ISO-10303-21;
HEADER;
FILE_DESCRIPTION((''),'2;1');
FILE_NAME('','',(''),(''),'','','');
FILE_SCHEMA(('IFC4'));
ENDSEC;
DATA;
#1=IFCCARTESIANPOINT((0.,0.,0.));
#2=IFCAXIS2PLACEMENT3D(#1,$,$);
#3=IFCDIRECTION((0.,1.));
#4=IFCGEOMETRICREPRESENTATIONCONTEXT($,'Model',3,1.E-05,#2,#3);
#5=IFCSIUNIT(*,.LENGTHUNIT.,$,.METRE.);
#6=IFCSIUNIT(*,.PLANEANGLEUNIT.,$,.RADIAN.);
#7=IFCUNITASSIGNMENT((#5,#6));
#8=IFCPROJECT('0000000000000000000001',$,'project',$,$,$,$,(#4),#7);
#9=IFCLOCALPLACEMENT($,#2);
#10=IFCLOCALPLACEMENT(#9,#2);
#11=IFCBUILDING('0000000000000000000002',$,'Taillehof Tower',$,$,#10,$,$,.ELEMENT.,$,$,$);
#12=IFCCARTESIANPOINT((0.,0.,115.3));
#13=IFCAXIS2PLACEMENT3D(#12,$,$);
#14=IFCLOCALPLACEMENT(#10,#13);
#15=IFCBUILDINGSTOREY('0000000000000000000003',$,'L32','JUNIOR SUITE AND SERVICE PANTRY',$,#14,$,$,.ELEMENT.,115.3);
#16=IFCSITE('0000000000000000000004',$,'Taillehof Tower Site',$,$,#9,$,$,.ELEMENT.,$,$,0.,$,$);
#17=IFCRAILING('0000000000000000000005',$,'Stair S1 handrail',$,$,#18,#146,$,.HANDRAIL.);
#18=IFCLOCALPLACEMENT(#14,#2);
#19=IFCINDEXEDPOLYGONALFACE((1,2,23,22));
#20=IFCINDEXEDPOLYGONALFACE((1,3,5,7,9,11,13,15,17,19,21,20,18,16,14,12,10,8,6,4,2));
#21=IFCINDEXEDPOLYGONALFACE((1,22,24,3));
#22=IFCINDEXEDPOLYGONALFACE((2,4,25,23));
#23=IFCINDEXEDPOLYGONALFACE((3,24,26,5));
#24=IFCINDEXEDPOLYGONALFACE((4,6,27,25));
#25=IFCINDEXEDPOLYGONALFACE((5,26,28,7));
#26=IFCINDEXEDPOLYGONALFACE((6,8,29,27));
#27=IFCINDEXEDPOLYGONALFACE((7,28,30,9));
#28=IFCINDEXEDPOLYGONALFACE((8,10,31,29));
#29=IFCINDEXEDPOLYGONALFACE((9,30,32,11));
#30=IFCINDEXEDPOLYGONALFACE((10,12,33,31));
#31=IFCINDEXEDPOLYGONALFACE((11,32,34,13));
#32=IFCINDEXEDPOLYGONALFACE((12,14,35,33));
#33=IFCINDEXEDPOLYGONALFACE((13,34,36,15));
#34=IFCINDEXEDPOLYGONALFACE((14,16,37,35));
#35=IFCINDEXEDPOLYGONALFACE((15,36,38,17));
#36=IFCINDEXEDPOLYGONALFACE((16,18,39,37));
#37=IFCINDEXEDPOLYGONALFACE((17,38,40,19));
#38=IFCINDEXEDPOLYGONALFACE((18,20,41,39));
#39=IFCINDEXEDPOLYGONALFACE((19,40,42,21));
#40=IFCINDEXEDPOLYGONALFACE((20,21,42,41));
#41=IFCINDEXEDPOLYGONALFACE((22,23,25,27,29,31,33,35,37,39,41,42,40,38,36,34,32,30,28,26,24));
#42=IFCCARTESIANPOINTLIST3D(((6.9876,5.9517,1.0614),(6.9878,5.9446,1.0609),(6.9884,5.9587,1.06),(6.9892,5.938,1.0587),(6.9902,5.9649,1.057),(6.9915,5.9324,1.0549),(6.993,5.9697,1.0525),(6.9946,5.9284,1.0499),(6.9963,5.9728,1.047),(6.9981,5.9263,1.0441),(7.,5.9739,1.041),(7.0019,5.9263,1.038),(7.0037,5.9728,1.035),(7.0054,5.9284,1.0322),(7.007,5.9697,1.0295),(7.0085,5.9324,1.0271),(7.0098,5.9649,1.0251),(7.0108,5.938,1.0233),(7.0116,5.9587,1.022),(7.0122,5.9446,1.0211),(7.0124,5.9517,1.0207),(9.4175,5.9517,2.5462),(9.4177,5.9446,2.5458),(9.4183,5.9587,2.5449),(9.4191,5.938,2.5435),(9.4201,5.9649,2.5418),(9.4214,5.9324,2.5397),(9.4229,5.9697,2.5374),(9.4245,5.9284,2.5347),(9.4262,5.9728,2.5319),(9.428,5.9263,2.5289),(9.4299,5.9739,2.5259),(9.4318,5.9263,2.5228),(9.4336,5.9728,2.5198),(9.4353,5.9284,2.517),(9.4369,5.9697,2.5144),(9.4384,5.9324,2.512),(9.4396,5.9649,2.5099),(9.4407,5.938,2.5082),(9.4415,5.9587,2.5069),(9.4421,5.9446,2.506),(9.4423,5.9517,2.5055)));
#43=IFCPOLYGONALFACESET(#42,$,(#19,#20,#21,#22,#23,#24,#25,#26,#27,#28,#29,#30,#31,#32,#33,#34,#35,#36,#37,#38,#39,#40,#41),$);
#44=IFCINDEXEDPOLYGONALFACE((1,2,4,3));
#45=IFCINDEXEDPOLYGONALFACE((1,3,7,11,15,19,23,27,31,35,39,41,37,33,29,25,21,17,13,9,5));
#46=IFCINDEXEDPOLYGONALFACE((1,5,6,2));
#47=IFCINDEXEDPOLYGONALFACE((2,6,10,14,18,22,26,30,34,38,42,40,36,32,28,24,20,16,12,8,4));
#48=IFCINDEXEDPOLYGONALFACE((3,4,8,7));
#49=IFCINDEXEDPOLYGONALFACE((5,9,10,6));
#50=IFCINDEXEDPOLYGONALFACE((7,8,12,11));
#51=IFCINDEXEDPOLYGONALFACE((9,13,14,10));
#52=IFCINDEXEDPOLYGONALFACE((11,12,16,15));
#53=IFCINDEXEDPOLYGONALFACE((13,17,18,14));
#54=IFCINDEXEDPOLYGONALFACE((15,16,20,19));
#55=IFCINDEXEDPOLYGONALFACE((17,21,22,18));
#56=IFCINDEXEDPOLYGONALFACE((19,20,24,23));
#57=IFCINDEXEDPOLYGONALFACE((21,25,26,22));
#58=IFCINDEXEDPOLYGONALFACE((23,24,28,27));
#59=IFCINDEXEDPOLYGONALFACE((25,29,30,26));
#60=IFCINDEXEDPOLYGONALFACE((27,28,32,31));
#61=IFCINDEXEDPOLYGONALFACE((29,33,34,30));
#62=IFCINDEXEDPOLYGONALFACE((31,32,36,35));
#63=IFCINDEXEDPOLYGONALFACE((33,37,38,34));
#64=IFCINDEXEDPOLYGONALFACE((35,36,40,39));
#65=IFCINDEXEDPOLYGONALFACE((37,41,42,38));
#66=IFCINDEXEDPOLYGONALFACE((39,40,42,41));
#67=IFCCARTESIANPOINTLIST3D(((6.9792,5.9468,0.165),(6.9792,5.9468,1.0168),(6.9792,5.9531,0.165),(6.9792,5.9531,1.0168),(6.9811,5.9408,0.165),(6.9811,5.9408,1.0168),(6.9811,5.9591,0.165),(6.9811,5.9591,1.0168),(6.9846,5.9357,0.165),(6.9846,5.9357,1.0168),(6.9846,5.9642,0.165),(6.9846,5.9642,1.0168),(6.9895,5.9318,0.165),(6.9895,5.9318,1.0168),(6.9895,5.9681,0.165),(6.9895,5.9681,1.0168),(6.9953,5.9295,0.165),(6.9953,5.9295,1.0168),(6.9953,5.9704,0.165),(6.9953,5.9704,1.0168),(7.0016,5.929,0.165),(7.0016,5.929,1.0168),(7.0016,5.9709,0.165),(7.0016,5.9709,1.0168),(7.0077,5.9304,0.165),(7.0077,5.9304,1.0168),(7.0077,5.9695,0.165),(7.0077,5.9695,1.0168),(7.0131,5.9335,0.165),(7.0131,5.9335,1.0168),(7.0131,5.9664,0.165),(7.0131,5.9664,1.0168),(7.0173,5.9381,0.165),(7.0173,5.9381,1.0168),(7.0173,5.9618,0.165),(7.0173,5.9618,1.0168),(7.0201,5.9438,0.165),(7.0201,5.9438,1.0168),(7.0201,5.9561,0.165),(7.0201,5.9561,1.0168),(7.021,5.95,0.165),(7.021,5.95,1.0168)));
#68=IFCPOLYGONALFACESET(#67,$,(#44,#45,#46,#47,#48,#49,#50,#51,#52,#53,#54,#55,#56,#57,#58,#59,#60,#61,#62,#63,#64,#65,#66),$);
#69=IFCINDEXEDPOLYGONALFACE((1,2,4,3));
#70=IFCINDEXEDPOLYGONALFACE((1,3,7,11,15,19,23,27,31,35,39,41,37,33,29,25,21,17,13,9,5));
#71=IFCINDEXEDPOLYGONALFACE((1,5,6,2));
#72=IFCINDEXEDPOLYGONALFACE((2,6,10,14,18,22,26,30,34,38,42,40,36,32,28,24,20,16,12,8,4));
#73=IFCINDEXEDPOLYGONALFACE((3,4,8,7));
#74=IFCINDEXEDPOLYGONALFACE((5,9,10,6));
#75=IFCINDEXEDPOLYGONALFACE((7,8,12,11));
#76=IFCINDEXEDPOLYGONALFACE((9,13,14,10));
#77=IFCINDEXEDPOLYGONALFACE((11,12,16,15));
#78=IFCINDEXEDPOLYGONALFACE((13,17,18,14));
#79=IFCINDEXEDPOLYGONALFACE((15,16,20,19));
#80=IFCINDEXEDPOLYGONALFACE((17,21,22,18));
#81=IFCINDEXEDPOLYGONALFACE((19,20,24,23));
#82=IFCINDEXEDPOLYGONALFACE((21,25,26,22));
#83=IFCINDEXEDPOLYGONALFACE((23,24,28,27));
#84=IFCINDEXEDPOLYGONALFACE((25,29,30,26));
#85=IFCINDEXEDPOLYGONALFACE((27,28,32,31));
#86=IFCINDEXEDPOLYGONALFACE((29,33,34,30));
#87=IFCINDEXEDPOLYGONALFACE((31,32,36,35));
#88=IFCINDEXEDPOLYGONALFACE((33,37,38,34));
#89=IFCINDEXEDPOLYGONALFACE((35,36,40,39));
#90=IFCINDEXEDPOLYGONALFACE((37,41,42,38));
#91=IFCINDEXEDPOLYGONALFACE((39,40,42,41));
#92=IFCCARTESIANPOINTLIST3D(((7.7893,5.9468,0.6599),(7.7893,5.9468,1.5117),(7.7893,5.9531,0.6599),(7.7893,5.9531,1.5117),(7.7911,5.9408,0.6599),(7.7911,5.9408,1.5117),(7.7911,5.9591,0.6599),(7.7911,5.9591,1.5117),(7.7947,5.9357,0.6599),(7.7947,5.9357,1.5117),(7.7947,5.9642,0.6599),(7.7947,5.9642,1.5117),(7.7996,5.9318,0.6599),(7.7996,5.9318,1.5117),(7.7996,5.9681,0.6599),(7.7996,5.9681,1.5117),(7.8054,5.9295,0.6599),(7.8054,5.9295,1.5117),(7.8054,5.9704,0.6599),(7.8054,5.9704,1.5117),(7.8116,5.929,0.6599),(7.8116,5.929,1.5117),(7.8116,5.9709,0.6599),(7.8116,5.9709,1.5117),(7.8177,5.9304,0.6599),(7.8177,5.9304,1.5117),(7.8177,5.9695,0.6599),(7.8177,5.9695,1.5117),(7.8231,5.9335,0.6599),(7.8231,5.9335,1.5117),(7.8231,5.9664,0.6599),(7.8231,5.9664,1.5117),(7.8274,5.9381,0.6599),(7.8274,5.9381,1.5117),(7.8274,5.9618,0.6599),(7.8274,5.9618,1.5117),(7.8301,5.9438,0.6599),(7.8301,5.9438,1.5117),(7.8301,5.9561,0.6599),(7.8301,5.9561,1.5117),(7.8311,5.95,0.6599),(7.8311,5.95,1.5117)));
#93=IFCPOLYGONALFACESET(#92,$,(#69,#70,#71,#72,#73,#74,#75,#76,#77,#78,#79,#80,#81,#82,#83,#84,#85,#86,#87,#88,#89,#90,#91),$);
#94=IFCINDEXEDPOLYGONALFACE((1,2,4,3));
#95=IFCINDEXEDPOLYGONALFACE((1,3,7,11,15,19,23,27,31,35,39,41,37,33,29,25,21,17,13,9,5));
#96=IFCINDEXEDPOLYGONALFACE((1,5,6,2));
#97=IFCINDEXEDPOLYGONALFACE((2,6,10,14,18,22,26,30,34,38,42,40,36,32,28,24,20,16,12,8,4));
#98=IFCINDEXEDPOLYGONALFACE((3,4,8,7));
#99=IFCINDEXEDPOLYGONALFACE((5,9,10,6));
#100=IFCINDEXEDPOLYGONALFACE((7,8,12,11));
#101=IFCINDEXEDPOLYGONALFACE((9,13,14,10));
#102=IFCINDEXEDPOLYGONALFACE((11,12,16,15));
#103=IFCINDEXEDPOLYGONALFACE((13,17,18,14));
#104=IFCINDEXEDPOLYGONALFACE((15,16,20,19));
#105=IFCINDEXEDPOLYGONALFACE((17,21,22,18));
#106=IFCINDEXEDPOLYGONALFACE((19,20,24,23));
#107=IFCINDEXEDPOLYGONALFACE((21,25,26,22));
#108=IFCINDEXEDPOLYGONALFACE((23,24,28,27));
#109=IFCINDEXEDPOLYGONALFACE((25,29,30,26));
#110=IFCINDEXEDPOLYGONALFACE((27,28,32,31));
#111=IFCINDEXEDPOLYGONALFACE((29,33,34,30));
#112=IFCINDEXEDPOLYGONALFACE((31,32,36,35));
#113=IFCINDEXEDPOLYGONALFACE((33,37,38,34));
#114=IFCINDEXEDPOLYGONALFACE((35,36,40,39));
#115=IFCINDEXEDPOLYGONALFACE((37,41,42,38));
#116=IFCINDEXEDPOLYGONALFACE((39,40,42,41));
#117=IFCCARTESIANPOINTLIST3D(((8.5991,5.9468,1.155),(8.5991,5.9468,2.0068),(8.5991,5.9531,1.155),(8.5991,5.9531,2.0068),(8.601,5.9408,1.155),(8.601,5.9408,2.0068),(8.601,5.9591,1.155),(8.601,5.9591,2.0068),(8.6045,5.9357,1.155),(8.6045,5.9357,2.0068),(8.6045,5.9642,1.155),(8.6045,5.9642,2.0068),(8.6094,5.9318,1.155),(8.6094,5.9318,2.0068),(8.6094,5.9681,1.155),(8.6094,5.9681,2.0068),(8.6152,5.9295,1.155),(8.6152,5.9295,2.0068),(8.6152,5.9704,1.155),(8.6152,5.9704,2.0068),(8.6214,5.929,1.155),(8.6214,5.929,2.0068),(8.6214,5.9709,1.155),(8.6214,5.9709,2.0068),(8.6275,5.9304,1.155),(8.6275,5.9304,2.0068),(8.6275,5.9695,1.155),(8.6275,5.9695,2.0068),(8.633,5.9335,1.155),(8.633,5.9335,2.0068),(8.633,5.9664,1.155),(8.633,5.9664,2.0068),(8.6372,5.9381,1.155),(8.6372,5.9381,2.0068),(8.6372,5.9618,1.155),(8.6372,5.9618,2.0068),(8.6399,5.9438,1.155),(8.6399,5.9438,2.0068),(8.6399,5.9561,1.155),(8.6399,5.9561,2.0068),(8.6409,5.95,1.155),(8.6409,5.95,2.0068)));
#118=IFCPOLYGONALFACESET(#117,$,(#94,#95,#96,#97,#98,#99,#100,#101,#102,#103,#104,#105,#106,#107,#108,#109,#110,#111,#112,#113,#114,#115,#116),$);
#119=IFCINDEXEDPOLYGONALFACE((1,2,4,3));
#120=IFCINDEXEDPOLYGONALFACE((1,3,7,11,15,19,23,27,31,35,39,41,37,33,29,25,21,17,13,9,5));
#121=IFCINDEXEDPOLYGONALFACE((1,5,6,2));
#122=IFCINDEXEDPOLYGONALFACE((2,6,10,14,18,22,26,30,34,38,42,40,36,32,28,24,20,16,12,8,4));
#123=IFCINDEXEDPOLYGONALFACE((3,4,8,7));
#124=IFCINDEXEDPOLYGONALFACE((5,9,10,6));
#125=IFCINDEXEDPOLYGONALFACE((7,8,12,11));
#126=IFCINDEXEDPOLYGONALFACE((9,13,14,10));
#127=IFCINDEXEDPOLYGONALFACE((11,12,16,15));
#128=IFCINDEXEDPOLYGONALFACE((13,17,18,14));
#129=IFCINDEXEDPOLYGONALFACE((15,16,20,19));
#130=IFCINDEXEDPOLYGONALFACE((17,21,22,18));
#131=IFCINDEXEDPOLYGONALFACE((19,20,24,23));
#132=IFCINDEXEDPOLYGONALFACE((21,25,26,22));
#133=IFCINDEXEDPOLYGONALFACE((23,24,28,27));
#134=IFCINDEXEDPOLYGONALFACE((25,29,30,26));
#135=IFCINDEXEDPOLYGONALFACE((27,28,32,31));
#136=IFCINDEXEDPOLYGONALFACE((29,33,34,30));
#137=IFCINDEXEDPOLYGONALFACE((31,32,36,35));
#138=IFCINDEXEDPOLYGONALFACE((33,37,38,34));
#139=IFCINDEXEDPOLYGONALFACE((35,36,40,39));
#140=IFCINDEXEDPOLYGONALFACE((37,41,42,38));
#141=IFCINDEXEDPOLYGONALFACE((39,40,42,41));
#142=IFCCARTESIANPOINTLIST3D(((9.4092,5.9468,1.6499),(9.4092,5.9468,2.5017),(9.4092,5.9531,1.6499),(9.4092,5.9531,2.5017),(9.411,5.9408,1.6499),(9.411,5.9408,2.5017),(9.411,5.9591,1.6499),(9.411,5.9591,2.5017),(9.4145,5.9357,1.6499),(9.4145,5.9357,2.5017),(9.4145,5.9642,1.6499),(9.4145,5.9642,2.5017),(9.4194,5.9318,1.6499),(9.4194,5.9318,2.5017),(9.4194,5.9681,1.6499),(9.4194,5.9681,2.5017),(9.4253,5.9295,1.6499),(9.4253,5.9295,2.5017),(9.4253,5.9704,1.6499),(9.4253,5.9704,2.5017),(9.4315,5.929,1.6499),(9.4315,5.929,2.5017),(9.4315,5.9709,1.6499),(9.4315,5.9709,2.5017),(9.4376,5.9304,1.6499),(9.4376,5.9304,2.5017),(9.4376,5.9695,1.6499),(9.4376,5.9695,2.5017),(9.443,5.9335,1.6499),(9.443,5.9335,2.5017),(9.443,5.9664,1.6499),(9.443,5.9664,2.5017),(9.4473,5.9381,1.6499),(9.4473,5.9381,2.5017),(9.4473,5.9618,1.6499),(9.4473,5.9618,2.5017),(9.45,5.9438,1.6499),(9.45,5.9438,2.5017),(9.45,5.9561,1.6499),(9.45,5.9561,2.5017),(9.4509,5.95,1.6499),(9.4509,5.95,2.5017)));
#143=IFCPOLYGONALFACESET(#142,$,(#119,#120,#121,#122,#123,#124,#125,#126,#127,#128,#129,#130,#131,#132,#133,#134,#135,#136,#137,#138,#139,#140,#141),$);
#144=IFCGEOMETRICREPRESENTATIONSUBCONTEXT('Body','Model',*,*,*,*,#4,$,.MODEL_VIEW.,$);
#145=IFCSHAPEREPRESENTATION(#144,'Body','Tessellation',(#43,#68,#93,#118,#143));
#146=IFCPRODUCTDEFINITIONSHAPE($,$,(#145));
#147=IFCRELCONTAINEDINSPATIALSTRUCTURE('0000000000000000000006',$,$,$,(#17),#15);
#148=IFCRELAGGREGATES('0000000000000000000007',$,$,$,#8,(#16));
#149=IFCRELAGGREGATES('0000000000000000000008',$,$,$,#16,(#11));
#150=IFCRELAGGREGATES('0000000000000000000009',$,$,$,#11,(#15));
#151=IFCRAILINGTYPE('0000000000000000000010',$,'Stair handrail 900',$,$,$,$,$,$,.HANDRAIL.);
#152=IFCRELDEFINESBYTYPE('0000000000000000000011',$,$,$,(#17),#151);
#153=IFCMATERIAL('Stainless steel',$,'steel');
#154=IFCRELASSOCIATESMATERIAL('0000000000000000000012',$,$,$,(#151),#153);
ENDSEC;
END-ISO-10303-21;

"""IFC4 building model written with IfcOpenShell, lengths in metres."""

from ifc_helpers import new_model, si_unit, direction, frame, origin, origin_2d, place, context, subcontext, project, spatial, circle, extrude, material, type_object, element, save


model = new_model("IFC4")

# Units and contexts
model_context = context("Model", 3, precision=1e-05, world=origin(), true_north=direction((0.0, 1.0)))
body_context = subcontext(model_context, "Body", "Model", "MODEL_VIEW")
ifc_project = project(units=[si_unit("LENGTHUNIT", "METRE"), si_unit("PLANEANGLEUNIT", "RADIAN")], contexts=[model_context])

# Site, building, storey
site_placement = place(None, origin())
site = spatial("IfcSite", under=ifc_project, at=site_placement, Name="Taillehof Tower Site", CompositionType="ELEMENT", RefElevation=0.0)
building_placement = place(site_placement, origin())
building = spatial("IfcBuilding", under=site, at=building_placement, Name="Taillehof Tower", CompositionType="ELEMENT")
storey_placement = place(building_placement, frame((0.0, 0.0, 115.3)))
storey = spatial("IfcBuildingStorey", under=building, at=storey_placement, Name="L32", Description="JUNIOR SUITE AND SERVICE PANTRY", CompositionType="ELEMENT", Elevation=115.3)

# Railing
ifc_material_1 = material(Name="Stainless steel", Category="steel")
railing_type = type_object("IfcRailingType", Name="Stair handrail 900", PredefinedType="HANDRAIL", material=ifc_material_1)
railing_placement = place(storey_placement, frame((7.0, 5.95, 0.165)))
element("IfcRailing", 1, at=railing_placement, inside=storey, type_object=railing_type, Name="Stair S1 handrail", PredefinedType="HANDRAIL", context=body_context, shape_type="SweptSolid", body=[
    extrude(circle(Radius=0.0239, at=origin_2d()), frame((0.0, 0.0, 0.876), z_axis=(0.853297, 0.0, 0.521426), x_axis=(0.0, 1.0, 0.0)), (0.0, 0.0, 1.0), 2.8477),
    extrude(circle(Radius=0.021, at=origin_2d()), origin(), (0.0, 0.0, 1.0), 0.8518),
    extrude(circle(Radius=0.021, at=origin_2d()), frame((0.8101, 0.0, 0.4949)), (0.0, 0.0, 1.0), 0.8518),
    extrude(circle(Radius=0.021, at=origin_2d()), frame((1.6199, 0.0, 0.99)), (0.0, 0.0, 1.0), 0.8518),
    extrude(circle(Radius=0.021, at=origin_2d()), frame((2.4299, 0.0, 1.4849)), (0.0, 0.0, 1.0), 0.8518),
])

save(model, "model.ifc")
